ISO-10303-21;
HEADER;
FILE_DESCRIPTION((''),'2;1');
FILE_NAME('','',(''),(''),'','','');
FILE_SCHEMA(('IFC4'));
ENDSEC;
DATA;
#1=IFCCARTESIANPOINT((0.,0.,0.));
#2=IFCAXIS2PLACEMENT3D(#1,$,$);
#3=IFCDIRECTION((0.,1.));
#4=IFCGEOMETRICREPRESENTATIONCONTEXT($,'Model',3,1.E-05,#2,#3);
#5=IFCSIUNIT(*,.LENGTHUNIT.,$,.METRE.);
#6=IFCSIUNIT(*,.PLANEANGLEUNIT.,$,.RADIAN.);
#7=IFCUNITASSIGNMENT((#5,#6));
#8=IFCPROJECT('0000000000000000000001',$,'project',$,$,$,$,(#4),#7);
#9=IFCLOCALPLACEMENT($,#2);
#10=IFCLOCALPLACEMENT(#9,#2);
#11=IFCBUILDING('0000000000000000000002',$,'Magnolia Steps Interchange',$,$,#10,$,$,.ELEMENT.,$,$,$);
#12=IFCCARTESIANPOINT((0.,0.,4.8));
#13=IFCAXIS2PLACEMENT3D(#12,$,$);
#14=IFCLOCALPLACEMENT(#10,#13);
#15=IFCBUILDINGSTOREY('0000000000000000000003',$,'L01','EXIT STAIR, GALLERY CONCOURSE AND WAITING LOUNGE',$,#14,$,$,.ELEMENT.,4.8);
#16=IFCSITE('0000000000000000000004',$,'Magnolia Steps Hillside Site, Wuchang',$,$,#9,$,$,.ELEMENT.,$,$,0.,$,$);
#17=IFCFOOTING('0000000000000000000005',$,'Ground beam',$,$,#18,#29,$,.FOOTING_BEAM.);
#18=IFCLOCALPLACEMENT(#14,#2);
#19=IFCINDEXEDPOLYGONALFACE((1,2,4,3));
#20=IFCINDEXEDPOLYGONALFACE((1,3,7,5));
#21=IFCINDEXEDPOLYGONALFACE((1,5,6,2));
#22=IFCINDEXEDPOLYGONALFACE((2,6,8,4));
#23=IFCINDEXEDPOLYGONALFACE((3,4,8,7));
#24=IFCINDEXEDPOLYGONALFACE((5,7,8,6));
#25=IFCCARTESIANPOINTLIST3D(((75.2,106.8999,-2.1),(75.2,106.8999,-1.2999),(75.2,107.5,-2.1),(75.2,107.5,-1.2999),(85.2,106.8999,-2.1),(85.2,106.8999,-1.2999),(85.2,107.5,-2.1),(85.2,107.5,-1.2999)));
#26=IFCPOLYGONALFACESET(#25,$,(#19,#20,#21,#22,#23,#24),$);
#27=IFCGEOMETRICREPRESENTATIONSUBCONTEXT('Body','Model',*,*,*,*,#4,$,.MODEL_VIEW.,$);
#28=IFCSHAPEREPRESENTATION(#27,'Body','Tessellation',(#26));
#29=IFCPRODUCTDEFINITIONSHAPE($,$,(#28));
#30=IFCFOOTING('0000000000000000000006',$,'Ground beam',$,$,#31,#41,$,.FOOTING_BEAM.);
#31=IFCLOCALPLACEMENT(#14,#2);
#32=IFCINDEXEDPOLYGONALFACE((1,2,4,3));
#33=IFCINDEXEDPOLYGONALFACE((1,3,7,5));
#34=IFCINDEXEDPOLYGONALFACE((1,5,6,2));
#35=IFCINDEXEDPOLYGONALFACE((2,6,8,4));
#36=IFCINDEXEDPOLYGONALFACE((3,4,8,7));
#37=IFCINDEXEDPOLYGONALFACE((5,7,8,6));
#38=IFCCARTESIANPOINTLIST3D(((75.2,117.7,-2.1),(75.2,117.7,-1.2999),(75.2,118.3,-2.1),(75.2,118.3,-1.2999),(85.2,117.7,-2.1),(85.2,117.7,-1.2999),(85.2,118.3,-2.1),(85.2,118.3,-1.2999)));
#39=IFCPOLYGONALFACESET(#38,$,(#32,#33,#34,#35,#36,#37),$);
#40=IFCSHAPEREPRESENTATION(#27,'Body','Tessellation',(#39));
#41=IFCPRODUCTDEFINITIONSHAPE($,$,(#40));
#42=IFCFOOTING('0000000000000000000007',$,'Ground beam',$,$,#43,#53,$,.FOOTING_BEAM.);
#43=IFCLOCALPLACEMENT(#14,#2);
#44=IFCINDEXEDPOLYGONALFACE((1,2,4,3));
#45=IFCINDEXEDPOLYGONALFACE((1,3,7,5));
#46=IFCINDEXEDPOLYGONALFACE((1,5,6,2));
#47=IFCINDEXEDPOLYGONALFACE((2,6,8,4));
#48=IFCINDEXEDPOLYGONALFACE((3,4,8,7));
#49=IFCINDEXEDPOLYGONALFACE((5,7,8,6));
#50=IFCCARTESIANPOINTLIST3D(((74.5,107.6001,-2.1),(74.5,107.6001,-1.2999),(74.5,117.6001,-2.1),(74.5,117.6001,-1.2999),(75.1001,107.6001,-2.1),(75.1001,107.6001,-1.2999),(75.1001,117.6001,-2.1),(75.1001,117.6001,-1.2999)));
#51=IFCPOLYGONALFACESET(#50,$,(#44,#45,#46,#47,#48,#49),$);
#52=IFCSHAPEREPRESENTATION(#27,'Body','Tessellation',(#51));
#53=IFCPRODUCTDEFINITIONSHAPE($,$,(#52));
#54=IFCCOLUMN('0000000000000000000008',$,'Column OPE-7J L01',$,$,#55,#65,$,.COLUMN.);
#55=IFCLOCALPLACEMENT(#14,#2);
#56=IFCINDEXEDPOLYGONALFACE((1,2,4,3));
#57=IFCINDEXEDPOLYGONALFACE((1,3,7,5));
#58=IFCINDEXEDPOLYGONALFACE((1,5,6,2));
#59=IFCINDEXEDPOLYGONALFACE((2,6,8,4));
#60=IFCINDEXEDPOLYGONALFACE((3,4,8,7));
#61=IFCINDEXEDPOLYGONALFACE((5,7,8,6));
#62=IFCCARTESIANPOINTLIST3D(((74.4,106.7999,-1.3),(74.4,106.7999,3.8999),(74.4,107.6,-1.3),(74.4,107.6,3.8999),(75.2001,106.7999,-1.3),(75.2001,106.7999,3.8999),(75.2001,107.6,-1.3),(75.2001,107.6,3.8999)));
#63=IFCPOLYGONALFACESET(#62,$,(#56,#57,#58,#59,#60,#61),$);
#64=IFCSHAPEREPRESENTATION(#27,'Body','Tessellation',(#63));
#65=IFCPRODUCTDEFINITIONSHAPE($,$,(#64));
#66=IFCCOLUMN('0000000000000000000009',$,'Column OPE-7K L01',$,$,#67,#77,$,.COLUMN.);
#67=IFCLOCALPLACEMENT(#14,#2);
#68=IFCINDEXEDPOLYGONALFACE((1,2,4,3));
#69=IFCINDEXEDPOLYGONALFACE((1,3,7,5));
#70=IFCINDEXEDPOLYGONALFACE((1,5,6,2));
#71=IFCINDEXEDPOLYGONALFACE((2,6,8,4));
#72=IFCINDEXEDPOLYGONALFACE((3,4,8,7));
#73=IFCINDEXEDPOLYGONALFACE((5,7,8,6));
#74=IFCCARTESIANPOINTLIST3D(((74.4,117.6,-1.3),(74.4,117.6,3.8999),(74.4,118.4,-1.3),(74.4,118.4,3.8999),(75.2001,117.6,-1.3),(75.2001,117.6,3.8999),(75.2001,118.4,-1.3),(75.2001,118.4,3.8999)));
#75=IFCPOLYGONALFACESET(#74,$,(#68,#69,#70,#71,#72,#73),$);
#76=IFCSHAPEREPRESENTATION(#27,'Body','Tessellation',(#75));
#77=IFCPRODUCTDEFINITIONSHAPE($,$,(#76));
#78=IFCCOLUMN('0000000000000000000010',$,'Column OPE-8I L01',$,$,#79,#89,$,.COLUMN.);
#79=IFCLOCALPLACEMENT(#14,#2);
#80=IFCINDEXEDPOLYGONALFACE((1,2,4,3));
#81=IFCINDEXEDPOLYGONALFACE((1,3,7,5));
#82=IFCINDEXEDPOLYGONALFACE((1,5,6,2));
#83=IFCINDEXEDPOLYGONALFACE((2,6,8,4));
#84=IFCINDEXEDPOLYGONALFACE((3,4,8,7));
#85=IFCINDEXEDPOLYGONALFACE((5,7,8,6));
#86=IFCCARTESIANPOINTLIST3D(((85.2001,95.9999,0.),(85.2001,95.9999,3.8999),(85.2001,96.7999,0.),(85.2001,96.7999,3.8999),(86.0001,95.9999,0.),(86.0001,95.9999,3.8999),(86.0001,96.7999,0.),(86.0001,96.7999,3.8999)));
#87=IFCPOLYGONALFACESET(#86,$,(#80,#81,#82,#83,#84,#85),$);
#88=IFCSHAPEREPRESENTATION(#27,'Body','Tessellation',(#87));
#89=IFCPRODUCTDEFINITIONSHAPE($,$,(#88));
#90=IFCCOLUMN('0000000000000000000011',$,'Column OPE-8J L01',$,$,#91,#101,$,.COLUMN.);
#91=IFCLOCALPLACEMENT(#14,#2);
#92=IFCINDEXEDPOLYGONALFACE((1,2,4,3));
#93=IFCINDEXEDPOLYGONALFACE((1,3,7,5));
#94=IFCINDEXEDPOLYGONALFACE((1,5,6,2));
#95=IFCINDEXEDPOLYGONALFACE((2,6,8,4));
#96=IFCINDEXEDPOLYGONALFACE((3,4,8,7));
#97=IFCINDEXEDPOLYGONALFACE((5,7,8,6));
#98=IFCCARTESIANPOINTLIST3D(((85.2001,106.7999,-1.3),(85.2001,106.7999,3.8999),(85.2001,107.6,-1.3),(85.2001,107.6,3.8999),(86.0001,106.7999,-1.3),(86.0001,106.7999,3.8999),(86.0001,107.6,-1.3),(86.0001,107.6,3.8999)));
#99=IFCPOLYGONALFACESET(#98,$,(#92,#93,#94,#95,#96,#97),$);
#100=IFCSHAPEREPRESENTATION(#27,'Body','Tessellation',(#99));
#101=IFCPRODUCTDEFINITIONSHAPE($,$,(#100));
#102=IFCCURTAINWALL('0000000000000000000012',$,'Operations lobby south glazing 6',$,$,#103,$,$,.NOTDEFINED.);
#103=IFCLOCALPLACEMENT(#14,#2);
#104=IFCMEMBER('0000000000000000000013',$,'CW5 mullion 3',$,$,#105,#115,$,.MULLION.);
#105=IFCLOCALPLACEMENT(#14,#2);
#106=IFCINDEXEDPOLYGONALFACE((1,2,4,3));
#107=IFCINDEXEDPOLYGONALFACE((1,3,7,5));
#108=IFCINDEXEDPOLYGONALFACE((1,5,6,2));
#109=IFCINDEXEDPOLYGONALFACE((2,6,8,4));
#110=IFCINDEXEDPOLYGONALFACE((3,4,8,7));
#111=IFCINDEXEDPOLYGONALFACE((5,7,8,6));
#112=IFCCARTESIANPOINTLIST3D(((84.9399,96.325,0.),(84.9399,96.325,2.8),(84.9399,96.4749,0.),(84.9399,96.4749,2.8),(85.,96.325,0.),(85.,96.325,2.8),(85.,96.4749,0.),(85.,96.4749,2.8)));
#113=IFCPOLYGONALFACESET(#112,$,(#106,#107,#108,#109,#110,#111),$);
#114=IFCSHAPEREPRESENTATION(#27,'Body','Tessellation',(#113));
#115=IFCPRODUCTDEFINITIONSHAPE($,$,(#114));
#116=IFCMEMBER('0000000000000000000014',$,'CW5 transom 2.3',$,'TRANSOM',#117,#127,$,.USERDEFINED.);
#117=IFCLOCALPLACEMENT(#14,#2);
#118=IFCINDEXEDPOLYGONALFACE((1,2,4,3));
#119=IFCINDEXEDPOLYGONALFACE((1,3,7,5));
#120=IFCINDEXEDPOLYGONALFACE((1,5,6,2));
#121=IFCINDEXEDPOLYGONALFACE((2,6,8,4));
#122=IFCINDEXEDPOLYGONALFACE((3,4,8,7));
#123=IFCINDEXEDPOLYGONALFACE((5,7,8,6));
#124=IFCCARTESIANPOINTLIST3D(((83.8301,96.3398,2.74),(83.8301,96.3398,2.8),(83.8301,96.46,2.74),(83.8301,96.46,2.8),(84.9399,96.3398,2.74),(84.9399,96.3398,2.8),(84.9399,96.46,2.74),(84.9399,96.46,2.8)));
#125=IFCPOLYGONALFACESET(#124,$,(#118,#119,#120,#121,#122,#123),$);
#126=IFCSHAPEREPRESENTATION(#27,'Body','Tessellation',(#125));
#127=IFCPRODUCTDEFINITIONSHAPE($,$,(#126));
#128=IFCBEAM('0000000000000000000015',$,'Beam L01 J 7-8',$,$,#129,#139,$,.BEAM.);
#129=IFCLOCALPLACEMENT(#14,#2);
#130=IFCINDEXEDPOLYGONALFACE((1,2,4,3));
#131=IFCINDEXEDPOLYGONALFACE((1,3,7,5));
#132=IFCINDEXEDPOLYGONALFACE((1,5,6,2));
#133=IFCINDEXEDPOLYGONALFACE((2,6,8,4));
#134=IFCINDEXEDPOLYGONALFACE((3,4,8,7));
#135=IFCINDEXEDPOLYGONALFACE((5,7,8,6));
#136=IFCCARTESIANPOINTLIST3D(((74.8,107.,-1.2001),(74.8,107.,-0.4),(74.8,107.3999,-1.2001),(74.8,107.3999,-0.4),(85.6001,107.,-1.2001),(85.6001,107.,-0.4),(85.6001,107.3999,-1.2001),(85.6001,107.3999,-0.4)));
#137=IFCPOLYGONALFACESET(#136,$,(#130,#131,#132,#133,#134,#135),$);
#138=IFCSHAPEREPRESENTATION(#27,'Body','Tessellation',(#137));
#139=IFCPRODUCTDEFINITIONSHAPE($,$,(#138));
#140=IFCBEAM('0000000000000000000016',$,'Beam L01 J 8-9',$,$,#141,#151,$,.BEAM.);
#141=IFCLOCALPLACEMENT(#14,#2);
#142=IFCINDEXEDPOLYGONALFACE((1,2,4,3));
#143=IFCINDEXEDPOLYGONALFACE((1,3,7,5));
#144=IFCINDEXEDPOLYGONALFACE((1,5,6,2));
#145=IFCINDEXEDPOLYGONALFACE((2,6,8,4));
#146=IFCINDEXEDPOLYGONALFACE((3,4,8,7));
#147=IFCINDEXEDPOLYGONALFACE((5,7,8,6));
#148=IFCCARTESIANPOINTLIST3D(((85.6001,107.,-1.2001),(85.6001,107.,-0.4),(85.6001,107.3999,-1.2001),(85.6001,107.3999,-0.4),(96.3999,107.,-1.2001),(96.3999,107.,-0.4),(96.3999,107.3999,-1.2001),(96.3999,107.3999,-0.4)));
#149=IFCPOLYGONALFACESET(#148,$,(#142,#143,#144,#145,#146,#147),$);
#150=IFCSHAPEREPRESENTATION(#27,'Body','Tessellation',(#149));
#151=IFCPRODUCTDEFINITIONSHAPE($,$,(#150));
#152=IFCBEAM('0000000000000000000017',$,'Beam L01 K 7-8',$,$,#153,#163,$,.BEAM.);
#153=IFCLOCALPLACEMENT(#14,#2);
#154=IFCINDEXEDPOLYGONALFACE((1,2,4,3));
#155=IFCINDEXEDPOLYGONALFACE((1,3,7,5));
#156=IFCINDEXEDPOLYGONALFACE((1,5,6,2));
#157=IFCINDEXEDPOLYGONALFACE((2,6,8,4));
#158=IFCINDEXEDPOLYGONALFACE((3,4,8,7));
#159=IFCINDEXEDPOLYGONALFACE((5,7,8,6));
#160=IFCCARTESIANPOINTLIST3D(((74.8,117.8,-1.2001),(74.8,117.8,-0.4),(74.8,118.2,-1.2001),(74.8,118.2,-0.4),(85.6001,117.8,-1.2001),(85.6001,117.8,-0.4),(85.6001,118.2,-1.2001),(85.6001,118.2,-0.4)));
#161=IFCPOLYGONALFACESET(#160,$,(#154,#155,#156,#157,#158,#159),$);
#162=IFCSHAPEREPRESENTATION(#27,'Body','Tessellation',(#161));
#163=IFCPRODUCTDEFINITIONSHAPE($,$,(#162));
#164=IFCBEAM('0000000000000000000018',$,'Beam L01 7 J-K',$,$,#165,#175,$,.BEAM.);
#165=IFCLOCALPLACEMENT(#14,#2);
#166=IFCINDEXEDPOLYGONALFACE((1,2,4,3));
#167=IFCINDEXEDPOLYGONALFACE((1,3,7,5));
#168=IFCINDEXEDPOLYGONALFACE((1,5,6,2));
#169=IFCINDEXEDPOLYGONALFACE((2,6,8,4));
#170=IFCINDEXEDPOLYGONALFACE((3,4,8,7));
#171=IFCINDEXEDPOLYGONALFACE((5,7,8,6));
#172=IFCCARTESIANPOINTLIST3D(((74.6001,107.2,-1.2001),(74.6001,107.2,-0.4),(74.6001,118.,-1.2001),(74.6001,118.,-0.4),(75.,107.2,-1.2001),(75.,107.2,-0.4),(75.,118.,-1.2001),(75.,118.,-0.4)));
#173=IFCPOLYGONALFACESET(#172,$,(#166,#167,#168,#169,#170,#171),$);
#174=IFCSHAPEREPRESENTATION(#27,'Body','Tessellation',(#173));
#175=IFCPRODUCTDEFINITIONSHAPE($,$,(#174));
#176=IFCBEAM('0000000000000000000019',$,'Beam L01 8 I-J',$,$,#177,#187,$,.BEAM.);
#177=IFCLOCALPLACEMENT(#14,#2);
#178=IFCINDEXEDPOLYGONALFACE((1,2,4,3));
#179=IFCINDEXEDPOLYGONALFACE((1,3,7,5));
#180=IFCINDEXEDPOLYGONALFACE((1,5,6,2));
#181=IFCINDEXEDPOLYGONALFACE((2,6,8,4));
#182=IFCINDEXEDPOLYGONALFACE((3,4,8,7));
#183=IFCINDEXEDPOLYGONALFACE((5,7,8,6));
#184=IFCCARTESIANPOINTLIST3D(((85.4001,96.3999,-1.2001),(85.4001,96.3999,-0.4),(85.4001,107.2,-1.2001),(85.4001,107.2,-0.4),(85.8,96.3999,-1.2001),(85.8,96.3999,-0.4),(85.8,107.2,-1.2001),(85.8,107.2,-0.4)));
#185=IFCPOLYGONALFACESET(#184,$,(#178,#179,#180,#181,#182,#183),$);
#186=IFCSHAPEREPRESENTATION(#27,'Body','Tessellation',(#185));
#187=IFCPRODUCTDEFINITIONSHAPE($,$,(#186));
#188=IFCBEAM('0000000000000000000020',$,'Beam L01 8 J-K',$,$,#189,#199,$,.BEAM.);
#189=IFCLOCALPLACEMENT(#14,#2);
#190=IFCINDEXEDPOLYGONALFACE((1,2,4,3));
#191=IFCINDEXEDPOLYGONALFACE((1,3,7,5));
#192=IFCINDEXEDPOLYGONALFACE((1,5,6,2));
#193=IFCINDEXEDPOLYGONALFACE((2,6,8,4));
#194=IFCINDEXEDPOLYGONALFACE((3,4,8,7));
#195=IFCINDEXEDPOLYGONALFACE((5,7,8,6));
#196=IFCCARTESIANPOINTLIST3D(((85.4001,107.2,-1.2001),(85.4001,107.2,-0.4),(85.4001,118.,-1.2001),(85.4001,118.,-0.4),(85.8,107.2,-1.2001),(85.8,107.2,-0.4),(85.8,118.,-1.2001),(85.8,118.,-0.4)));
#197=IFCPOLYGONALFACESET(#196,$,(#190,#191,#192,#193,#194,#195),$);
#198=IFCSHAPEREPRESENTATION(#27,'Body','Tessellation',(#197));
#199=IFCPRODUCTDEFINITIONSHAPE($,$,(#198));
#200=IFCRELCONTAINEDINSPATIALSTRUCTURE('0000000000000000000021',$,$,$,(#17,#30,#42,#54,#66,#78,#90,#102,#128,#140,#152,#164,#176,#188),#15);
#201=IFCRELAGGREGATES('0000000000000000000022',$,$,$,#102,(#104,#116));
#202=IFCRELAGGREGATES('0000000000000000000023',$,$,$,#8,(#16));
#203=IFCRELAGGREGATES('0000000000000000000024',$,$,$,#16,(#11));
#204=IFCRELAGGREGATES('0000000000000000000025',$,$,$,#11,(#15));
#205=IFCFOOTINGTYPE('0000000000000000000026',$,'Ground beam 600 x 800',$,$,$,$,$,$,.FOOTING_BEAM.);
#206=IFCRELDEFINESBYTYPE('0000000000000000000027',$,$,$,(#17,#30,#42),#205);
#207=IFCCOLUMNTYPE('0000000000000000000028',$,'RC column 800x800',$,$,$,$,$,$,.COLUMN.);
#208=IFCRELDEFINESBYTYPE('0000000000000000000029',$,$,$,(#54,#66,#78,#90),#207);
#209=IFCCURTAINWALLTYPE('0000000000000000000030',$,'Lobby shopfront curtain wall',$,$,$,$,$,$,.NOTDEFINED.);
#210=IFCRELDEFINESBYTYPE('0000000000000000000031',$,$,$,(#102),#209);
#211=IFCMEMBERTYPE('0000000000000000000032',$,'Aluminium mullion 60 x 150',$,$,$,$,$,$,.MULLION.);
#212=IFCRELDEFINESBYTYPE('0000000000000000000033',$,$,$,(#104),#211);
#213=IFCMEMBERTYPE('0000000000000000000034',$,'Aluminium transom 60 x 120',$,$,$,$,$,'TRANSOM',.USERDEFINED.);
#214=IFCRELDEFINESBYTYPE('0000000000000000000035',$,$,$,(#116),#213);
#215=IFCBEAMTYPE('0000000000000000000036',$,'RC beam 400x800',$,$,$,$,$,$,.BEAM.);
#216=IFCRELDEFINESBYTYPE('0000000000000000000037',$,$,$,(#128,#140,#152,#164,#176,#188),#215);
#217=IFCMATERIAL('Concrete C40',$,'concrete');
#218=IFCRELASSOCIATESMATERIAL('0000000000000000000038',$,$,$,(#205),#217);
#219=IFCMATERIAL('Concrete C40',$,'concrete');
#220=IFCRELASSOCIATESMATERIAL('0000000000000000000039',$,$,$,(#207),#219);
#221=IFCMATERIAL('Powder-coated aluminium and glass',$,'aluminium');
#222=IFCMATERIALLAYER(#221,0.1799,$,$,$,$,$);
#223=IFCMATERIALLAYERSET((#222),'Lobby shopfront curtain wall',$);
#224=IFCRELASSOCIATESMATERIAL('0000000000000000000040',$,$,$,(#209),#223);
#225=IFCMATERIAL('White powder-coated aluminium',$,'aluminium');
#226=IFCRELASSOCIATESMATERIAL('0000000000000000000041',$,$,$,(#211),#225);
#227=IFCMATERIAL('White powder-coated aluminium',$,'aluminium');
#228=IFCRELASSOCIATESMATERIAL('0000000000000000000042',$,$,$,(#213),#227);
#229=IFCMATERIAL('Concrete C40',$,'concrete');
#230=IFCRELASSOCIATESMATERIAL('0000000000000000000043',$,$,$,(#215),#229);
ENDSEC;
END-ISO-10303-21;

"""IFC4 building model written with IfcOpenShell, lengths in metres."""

from ifc_helpers import new_model, si_unit, direction, frame, origin, origin_2d, place, context, subcontext, project, spatial, rectangle, extrude, material, layer, layer_set, material_profile, profile_set, type_object, element, aggregate, save


model = new_model("IFC4")

# Units and contexts
model_context = context("Model", 3, precision=1e-05, world=origin(), true_north=direction((0.0, 1.0)))
body_context = subcontext(model_context, "Body", "Model", "MODEL_VIEW")
ifc_project = project(units=[si_unit("LENGTHUNIT", "METRE"), si_unit("PLANEANGLEUNIT", "RADIAN")], contexts=[model_context])

# Site, building, storey
site_placement = place(None, origin())
site = spatial("IfcSite", under=ifc_project, at=site_placement, Name="Magnolia Steps Hillside Site, Wuchang", CompositionType="ELEMENT", RefElevation=0.0)
building_placement = place(site_placement, origin())
building = spatial("IfcBuilding", under=site, at=building_placement, Name="Magnolia Steps Interchange", CompositionType="ELEMENT")
storey_placement = place(building_placement, frame((0.0, 0.0, 4.8)))
storey = spatial("IfcBuildingStorey", under=building, at=storey_placement, Name="L01", Description="EXIT STAIR, GALLERY CONCOURSE AND WAITING LOUNGE", CompositionType="ELEMENT", Elevation=4.8)

# Footings
ifc_material_1 = material(Name="Concrete C40", Category="concrete")
ifc_material_profile_1 = material_profile(ifc_material_1, rectangle(XDim=0.6001, YDim=0.8, at=origin_2d()), Name="RC600x800")
ifc_profile_set_1 = profile_set([ifc_material_profile_1], Name="Concrete C40")
footing_type = type_object("IfcFootingType", Name="Ground beam 600 x 800", PredefinedType="FOOTING_BEAM", material=ifc_profile_set_1)
for number, where, z_axis, x_axis, name in (
    (1, (75.2, 107.2, -1.7), (1.0, 0.0, 0.0), (0.0, 1.0, 0.0), "Ground beam"),
    (2, (75.2, 118.0, -1.7), (1.0, 0.0, 0.0), (0.0, 1.0, 0.0), "Ground beam"),
    (3, (74.8, 107.6001, -1.7), (0.0, 1.0, 0.0), (-1.0, 0.0, 0.0), "Ground beam"),
):
    element("IfcFooting", number, at=place(storey_placement, frame(where, z_axis=z_axis, x_axis=x_axis)), inside=storey, type_object=footing_type, Name=name, PredefinedType="FOOTING_BEAM", context=body_context, shape_type="SweptSolid", body=[
        extrude(rectangle(XDim=0.6001, YDim=0.8, at=origin_2d()), origin(), (0.0, 0.0, 1.0), 10.0),
    ])

# Columns
ifc_material_2 = material(Name="Concrete C40", Category="concrete")
ifc_material_profile_2 = material_profile(ifc_material_2, rectangle(XDim=0.8, YDim=0.8, at=origin_2d()), Name="RC800x800")
ifc_profile_set_2 = profile_set([ifc_material_profile_2], Name="Concrete C40")
column_type = type_object("IfcColumnType", Name="RC column 800x800", PredefinedType="COLUMN", material=ifc_profile_set_2)
for number, where, z_axis, x_axis, name in (
    (4, (74.8, 107.2, -1.3), (0.0, 0.0, 1.0), (1.0, 0.0, 0.0), "Column OPE-7J L01"),
    (5, (74.8, 118.0, -1.3), (0.0, 0.0, 1.0), (1.0, 0.0, 0.0), "Column OPE-7K L01"),
):
    element("IfcColumn", number, at=place(storey_placement, frame(where, z_axis=z_axis, x_axis=x_axis)), inside=storey, type_object=column_type, Name=name, PredefinedType="COLUMN", context=body_context, shape_type="SweptSolid", body=[
        extrude(rectangle(XDim=0.8, YDim=0.8, at=origin_2d()), origin(), (0.0, 0.0, 1.0), 5.2),
    ])
column_1_placement = place(storey_placement, frame((85.6001, 96.3999, 0.0), z_axis=(0.0, 0.0, 1.0), x_axis=(1.0, 0.0, 0.0)))
element("IfcColumn", 6, at=column_1_placement, inside=storey, type_object=column_type, Name="Column OPE-8I L01", PredefinedType="COLUMN", context=body_context, shape_type="SweptSolid", body=[
    extrude(rectangle(XDim=0.8, YDim=0.8, at=origin_2d()), origin(), (0.0, 0.0, 1.0), 3.8999),
])
column_2_placement = place(storey_placement, frame((85.6001, 107.2, -1.3), z_axis=(0.0, 0.0, 1.0), x_axis=(1.0, 0.0, 0.0)))
element("IfcColumn", 7, at=column_2_placement, inside=storey, type_object=column_type, Name="Column OPE-8J L01", PredefinedType="COLUMN", context=body_context, shape_type="SweptSolid", body=[
    extrude(rectangle(XDim=0.8, YDim=0.8, at=origin_2d()), origin(), (0.0, 0.0, 1.0), 5.2),
])

# Curtain wall, members
ifc_material_3 = material(Name="Powder-coated aluminium and glass", Category="aluminium")
ifc_layer_1 = layer(ifc_material_3, 0.1799)
ifc_layer_set_1 = layer_set([ifc_layer_1], Name="Lobby shopfront curtain wall")
curtain_wall_type = type_object("IfcCurtainWallType", Name="Lobby shopfront curtain wall", PredefinedType="NOTDEFINED", material=ifc_layer_set_1)
curtain_wall_placement = place(storey_placement, origin())
curtain_wall = element("IfcCurtainWall", 8, at=curtain_wall_placement, inside=storey, type_object=curtain_wall_type, Name="Operations lobby south glazing 6", PredefinedType="NOTDEFINED")
ifc_material_4 = material(Name="White powder-coated aluminium", Category="aluminium")
ifc_material_profile_3 = material_profile(ifc_material_4, rectangle(XDim=0.0601, YDim=0.1499, at=origin_2d()), Name="Aluminium mullion 60 x 150")
ifc_profile_set_3 = profile_set([ifc_material_profile_3], Name="White powder-coated aluminium")
member_type_1 = type_object("IfcMemberType", Name="Aluminium mullion 60 x 150", PredefinedType="MULLION", material=ifc_profile_set_3)
member_1_placement = place(storey_placement, frame((84.97, 96.3999, 0.0), z_axis=(0.0, 0.0, 1.0), x_axis=(1.0, 0.0, 0.0)))
member_1 = element("IfcMember", 9, at=member_1_placement, type_object=member_type_1, Name="CW5 mullion 3", PredefinedType="MULLION", context=body_context, shape_type="SweptSolid", body=[
    extrude(rectangle(XDim=0.0601, YDim=0.1499, at=origin_2d()), origin(), (0.0, 0.0, 1.0), 2.8),
])
ifc_material_5 = material(Name="White powder-coated aluminium", Category="aluminium")
ifc_material_profile_4 = material_profile(ifc_material_5, rectangle(XDim=0.0601, YDim=0.1201, at=origin_2d()), Name="Aluminium transom 60 x 120")
ifc_profile_set_4 = profile_set([ifc_material_profile_4], Name="White powder-coated aluminium")
member_type_2 = type_object("IfcMemberType", Name="Aluminium transom 60 x 120", ElementType="TRANSOM", PredefinedType="USERDEFINED", material=ifc_profile_set_4)
member_2_placement = place(storey_placement, frame((83.8301, 96.3999, 2.77), z_axis=(1.0, 0.0, 0.0), x_axis=(0.0, 0.0, 1.0)))
member_2 = element("IfcMember", 10, at=member_2_placement, type_object=member_type_2, Name="CW5 transom 2.3", ObjectType="TRANSOM", PredefinedType="USERDEFINED", context=body_context, shape_type="SweptSolid", body=[
    extrude(rectangle(XDim=0.0601, YDim=0.1201, at=origin_2d()), origin(), (0.0, 0.0, 1.0), 1.1099),
])

# Beams
ifc_material_6 = material(Name="Concrete C40", Category="concrete")
ifc_material_profile_5 = material_profile(ifc_material_6, rectangle(XDim=0.3999, YDim=0.8, at=origin_2d()), Name="RC400x800")
ifc_profile_set_5 = profile_set([ifc_material_profile_5], Name="Concrete C40")
beam_type_1 = type_object("IfcBeamType", Name="RC beam 400x800", PredefinedType="BEAM", material=ifc_profile_set_5)
beam_1_placement = place(storey_placement, frame((74.8, 107.2, -0.8), z_axis=(1.0, 0.0, 0.0), x_axis=(0.0, 1.0, 0.0)))
element("IfcBeam", 11, at=beam_1_placement, inside=storey, type_object=beam_type_1, Name="Beam L01 J 7-8", PredefinedType="BEAM", context=body_context, shape_type="SweptSolid", body=[
    extrude(rectangle(XDim=0.3999, YDim=0.8, at=origin_2d()), origin(), (0.0, 0.0, 1.0), 10.8),
])
beam_2_placement = place(storey_placement, frame((85.6001, 107.2, -0.8), z_axis=(1.0, 0.0, 0.0), x_axis=(0.0, 1.0, 0.0)))
element("IfcBeam", 12, at=beam_2_placement, inside=storey, type_object=beam_type_1, Name="Beam L01 J 8-9", PredefinedType="BEAM", context=body_context, shape_type="SweptSolid", body=[
    extrude(rectangle(XDim=0.3999, YDim=0.8, at=origin_2d()), origin(), (0.0, 0.0, 1.0), 10.7998),
])
for number, where, z_axis, x_axis, name in (
    (13, (74.8, 118.0, -0.8), (1.0, 0.0, 0.0), (0.0, 1.0, 0.0), "Beam L01 K 7-8"),
    (14, (74.8, 107.2, -0.8), (0.0, 1.0, 0.0), (-1.0, 0.0, 0.0), "Beam L01 7 J-K"),
    (15, (85.6001, 96.3999, -0.8), (0.0, 1.0, 0.0), (-1.0, 0.0, 0.0), "Beam L01 8 I-J"),
    (16, (85.6001, 107.2, -0.8), (0.0, 1.0, 0.0), (-1.0, 0.0, 0.0), "Beam L01 8 J-K"),
):
    element("IfcBeam", number, at=place(storey_placement, frame(where, z_axis=z_axis, x_axis=x_axis)), inside=storey, type_object=beam_type_1, Name=name, PredefinedType="BEAM", context=body_context, shape_type="SweptSolid", body=[
        extrude(rectangle(XDim=0.3999, YDim=0.8, at=origin_2d()), origin(), (0.0, 0.0, 1.0), 10.8),
    ])

aggregate(curtain_wall, [member_1, member_2])

save(model, "model.ifc")
